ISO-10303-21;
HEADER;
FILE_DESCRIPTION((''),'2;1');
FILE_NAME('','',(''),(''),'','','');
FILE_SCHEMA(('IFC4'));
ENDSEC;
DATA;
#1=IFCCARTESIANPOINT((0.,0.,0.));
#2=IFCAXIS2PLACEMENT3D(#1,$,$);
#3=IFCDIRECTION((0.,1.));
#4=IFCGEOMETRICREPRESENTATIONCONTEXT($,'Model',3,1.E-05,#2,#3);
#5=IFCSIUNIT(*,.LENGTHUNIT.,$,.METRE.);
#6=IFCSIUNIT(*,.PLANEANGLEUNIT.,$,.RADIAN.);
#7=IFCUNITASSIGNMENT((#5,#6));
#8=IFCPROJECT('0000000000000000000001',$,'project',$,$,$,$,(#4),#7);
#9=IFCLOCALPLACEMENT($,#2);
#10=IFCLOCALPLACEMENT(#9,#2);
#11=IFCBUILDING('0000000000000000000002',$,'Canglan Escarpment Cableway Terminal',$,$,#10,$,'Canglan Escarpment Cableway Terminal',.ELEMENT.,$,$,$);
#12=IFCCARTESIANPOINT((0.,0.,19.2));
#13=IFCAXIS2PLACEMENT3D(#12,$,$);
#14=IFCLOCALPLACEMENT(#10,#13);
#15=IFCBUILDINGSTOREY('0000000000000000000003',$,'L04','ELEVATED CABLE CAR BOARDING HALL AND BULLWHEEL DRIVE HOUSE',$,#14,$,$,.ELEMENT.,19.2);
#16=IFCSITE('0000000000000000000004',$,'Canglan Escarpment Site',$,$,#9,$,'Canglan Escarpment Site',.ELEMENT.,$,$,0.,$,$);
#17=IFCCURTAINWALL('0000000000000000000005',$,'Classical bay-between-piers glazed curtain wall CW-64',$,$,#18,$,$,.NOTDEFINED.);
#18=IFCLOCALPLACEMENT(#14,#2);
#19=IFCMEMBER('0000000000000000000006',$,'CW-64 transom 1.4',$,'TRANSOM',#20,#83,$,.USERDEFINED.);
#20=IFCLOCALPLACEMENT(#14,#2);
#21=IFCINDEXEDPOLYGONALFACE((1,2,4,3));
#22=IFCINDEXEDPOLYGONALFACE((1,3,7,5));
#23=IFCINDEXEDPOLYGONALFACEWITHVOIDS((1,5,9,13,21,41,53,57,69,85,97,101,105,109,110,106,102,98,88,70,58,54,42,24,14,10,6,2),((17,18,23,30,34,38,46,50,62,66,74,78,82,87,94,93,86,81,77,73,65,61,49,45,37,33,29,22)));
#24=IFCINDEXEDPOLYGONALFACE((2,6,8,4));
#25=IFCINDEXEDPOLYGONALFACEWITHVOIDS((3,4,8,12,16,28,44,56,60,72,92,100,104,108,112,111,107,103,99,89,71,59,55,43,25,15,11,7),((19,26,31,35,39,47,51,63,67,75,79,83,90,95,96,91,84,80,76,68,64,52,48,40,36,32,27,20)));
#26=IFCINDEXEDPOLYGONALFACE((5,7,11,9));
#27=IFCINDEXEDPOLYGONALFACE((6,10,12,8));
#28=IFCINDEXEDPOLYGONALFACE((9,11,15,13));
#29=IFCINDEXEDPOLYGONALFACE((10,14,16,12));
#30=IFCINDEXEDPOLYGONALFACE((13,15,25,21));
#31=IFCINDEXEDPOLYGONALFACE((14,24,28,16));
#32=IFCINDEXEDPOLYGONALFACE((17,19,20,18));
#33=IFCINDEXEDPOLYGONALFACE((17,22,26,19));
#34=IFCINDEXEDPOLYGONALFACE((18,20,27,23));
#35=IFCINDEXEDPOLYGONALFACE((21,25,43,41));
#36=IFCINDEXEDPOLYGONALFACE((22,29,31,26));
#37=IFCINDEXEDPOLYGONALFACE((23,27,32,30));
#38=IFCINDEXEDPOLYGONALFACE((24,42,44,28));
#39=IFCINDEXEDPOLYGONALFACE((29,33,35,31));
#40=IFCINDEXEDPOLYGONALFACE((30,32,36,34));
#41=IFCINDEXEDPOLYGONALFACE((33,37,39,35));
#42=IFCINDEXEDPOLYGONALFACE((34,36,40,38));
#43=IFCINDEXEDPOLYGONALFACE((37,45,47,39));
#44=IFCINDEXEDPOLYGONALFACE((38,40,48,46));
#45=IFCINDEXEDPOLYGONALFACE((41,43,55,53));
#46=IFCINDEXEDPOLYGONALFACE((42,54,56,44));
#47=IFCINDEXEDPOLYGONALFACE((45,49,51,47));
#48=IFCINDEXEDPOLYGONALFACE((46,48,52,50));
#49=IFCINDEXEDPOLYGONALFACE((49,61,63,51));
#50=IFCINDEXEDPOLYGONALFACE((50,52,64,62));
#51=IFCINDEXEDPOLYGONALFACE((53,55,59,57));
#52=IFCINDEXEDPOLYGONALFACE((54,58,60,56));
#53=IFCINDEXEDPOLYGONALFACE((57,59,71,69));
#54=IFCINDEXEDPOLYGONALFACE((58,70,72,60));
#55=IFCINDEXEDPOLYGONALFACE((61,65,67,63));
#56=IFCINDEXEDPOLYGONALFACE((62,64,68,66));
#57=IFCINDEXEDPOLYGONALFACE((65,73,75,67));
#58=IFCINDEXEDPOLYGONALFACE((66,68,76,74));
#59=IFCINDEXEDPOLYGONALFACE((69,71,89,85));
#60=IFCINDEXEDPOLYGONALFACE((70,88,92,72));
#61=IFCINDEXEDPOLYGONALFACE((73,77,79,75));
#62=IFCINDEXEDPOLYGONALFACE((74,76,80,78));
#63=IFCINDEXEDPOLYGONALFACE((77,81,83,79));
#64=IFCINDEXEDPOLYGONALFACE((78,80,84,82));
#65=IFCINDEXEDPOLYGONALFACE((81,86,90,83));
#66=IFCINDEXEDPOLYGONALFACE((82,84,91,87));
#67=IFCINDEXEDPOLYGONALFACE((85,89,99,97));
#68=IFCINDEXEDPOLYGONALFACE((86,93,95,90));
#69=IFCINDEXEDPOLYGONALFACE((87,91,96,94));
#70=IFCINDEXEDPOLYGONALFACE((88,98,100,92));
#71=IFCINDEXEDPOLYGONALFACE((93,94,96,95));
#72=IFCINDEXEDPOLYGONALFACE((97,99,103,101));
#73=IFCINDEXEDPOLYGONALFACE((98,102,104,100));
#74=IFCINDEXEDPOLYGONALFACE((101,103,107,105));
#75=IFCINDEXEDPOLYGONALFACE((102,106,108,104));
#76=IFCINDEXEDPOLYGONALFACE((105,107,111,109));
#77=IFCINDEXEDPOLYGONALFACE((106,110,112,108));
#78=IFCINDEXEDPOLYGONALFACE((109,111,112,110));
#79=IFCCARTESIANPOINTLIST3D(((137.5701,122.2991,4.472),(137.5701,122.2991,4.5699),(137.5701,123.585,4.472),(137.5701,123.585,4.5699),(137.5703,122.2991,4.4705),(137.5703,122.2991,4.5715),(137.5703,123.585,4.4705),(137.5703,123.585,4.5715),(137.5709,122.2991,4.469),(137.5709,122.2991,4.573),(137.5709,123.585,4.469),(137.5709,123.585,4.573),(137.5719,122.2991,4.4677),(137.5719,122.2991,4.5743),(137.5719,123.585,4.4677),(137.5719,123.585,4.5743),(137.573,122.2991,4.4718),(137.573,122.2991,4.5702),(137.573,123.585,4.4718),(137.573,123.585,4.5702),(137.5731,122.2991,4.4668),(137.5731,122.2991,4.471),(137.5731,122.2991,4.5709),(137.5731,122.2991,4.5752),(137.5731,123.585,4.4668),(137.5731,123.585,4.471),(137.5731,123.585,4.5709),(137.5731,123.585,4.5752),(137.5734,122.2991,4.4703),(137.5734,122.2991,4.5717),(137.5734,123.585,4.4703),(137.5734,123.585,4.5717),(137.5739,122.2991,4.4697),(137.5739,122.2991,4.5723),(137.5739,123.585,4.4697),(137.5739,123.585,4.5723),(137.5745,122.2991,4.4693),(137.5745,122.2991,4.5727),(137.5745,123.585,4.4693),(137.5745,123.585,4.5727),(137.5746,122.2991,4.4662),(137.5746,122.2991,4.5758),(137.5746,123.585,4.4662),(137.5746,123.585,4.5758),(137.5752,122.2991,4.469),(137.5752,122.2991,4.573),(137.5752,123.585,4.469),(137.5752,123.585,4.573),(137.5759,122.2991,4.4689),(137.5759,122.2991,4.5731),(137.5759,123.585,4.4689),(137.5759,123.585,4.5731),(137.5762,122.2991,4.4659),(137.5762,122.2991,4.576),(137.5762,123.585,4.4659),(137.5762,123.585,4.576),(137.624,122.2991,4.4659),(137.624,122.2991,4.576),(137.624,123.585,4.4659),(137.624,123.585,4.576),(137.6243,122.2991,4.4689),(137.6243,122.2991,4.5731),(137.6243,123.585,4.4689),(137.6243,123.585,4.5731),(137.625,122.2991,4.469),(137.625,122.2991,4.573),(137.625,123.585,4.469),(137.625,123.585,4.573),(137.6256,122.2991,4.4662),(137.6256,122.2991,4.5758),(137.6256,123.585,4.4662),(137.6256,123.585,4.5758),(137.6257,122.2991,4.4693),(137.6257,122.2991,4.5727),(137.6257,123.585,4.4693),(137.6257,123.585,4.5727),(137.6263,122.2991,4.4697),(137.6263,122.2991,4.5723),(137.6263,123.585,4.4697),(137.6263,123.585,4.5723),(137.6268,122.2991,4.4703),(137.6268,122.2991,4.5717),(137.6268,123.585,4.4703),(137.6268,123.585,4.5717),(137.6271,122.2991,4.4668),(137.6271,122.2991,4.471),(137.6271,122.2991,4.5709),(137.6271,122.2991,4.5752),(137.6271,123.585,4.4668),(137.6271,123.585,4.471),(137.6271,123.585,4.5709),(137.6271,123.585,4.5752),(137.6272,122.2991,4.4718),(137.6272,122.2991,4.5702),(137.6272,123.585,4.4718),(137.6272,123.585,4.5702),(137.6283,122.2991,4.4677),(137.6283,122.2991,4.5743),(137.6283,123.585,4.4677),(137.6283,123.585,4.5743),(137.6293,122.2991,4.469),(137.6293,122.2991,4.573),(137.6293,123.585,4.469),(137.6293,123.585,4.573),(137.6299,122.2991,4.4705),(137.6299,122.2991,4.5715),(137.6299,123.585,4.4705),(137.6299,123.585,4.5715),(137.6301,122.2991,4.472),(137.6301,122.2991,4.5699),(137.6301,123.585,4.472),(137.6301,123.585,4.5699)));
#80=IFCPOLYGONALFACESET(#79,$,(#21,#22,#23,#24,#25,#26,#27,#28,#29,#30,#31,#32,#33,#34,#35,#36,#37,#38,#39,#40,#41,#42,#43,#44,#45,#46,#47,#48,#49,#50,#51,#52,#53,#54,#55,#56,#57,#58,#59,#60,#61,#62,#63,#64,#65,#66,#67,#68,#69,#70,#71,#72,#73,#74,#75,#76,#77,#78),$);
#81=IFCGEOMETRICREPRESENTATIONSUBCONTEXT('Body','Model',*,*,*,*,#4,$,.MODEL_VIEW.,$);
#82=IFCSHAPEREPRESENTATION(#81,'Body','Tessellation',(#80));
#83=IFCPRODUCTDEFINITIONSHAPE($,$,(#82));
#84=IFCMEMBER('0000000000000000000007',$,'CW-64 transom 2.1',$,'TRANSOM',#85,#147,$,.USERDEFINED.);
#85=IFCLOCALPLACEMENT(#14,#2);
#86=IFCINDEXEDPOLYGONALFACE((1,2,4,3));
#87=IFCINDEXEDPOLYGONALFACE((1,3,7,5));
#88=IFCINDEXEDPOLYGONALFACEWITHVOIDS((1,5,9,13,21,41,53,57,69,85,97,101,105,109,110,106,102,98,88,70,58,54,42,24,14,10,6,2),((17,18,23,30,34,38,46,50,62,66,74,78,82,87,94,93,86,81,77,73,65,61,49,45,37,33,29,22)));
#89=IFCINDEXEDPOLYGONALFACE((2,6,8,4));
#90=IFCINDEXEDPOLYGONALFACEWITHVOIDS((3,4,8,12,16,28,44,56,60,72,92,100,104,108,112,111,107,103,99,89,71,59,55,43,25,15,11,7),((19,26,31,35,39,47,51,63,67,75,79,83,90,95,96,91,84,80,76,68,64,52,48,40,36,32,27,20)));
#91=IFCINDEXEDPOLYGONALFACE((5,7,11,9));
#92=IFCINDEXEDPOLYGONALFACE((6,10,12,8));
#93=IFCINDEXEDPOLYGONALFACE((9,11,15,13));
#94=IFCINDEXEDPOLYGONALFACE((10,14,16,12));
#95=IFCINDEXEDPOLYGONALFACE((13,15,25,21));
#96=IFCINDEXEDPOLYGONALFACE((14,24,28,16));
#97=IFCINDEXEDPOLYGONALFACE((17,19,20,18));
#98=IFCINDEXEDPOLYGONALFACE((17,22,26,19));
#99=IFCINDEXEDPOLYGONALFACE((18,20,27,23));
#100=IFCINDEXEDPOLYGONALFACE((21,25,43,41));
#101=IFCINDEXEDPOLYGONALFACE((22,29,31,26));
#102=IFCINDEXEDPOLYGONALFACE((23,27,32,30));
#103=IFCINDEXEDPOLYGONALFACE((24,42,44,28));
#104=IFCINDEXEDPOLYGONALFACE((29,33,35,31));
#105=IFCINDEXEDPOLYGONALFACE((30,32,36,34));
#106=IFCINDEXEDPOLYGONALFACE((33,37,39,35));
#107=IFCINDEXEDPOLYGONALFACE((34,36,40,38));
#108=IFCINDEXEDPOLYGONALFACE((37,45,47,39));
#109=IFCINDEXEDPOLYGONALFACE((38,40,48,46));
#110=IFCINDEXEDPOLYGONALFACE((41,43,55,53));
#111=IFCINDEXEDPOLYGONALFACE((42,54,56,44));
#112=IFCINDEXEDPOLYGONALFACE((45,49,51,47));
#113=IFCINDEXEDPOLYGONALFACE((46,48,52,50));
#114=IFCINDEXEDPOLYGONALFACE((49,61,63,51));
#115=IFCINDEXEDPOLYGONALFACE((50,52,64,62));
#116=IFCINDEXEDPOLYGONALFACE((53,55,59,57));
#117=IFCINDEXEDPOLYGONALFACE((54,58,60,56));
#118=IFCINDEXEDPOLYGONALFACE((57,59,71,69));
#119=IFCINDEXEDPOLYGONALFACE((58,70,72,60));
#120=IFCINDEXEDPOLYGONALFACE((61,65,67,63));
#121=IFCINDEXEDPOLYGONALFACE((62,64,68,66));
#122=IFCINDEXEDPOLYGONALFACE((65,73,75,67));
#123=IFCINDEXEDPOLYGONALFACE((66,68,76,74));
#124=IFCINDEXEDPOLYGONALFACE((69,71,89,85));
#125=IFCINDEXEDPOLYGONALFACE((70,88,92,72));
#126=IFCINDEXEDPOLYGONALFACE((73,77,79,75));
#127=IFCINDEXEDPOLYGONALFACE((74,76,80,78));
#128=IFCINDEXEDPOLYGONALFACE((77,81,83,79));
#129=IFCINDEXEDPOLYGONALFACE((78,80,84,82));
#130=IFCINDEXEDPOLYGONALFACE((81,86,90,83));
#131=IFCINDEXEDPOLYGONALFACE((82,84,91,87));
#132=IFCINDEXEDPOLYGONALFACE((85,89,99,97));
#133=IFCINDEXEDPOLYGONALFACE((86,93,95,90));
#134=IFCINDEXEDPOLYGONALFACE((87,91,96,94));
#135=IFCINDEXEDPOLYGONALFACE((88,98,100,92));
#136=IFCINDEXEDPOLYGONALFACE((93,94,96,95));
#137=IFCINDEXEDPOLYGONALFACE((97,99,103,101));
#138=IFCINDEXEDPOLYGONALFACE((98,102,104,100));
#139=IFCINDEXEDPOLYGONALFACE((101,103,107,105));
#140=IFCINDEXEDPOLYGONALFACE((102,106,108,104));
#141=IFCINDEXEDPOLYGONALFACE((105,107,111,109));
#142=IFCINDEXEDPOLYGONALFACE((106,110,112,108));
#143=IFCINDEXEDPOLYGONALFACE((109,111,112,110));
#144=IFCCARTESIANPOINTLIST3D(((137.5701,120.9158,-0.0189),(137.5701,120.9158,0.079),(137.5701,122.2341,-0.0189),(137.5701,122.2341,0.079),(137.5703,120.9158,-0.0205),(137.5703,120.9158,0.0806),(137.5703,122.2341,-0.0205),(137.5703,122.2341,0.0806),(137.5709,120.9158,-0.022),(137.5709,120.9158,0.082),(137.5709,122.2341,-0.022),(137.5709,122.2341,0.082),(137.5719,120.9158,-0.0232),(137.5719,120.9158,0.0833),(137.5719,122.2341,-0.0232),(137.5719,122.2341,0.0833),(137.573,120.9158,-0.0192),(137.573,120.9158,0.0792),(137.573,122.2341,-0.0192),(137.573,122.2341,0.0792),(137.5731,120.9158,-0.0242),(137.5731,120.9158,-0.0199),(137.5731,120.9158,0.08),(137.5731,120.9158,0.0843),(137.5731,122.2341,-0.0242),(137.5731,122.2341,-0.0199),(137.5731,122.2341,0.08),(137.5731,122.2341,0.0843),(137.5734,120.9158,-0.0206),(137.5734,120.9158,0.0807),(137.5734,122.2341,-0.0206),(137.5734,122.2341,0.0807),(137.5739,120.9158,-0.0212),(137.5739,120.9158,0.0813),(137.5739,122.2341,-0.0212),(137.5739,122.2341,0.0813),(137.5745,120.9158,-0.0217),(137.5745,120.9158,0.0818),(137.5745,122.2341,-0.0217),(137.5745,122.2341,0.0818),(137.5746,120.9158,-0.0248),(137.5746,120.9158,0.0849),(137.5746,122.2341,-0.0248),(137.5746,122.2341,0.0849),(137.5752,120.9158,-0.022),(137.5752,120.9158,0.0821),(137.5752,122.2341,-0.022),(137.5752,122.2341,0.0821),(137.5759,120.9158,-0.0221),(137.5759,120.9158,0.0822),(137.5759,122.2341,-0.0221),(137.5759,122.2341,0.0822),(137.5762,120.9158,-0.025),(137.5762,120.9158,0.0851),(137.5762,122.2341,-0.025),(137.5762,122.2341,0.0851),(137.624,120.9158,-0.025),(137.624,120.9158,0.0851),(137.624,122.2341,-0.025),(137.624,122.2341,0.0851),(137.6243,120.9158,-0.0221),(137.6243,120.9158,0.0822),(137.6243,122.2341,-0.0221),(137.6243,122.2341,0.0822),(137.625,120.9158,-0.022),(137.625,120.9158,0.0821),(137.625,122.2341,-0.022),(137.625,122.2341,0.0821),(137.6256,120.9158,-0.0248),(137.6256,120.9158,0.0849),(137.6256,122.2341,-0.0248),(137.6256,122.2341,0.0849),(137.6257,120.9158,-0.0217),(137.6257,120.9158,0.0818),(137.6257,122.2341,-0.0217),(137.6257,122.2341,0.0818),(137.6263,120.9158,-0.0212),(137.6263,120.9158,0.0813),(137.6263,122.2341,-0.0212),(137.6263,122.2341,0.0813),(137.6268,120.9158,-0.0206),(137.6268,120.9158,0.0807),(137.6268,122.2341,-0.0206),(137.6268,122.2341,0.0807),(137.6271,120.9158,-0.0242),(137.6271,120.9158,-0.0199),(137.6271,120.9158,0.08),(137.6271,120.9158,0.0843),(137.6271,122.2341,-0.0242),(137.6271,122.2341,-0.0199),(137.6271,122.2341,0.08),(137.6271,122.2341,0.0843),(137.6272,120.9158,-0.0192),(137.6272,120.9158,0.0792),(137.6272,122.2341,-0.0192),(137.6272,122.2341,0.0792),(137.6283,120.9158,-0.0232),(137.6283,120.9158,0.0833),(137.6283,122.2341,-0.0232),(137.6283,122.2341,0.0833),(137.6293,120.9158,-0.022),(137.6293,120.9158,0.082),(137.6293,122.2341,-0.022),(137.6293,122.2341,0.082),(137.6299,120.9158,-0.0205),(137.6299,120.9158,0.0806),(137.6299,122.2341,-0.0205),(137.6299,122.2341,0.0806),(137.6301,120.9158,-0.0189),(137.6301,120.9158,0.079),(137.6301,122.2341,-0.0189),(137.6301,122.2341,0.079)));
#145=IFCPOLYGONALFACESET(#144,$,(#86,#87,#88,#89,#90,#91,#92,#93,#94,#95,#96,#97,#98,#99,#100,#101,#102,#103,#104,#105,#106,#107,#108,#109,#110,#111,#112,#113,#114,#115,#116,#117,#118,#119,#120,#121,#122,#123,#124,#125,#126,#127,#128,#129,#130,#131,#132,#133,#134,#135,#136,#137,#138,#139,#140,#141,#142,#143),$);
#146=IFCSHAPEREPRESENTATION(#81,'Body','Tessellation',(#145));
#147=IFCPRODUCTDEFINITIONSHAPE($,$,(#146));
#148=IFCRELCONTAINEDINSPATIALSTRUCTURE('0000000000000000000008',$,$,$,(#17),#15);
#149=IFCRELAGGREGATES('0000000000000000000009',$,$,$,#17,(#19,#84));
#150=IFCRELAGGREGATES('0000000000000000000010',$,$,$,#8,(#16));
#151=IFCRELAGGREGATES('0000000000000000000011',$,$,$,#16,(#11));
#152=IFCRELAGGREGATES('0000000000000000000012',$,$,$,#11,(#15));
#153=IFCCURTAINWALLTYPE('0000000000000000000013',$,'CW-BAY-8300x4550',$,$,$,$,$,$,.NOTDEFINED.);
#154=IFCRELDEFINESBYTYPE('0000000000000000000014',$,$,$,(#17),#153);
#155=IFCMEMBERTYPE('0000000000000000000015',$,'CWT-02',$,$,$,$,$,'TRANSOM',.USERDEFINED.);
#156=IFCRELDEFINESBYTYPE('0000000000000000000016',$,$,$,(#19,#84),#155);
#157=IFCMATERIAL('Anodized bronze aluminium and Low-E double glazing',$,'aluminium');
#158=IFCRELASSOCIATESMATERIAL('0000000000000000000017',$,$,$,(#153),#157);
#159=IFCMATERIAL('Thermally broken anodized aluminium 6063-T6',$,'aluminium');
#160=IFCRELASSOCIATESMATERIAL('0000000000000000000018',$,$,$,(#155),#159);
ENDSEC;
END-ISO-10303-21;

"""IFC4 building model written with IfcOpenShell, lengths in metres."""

from ifc_helpers import new_model, si_unit, direction, frame, origin, origin_2d, place, context, subcontext, project, spatial, hollow_rectangle, extrude, material, material_profile, profile_set, type_object, element, aggregate, save


model = new_model("IFC4")

# Units and contexts
model_context = context("Model", 3, precision=1e-05, world=origin(), true_north=direction((0.0, 1.0)))
body_context = subcontext(model_context, "Body", "Model", "MODEL_VIEW")
ifc_project = project(units=[si_unit("LENGTHUNIT", "METRE"), si_unit("PLANEANGLEUNIT", "RADIAN")], contexts=[model_context])

# Site, building, storey
site_placement = place(None, origin())
site = spatial("IfcSite", under=ifc_project, at=site_placement, Name="Canglan Escarpment Site", LongName="Canglan Escarpment Site", CompositionType="ELEMENT", RefElevation=0.0)
building_placement = place(site_placement, origin())
building = spatial("IfcBuilding", under=site, at=building_placement, Name="Canglan Escarpment Cableway Terminal", LongName="Canglan Escarpment Cableway Terminal", CompositionType="ELEMENT")
storey_placement = place(building_placement, frame((0.0, 0.0, 19.2)))
storey = spatial("IfcBuildingStorey", under=building, at=storey_placement, Name="L04", Description="ELEVATED CABLE CAR BOARDING HALL AND BULLWHEEL DRIVE HOUSE", CompositionType="ELEMENT", Elevation=19.2)

# Curtain wall
ifc_material_1 = material(Name="Anodized bronze aluminium and Low-E double glazing", Category="aluminium")
ifc_material_2 = material(Name="Thermally broken anodized aluminium 6063-T6", Category="aluminium")
curtain_wall_type_1 = type_object("IfcCurtainWallType", Name="CW-BAY-8300x4550", PredefinedType="NOTDEFINED", material=ifc_material_1)
curtain_wall_1_placement = place(storey_placement, origin())
curtain_wall_1 = element("IfcCurtainWall", 1, at=curtain_wall_1_placement, inside=storey, type_object=curtain_wall_type_1, Name="Classical bay-between-piers glazed curtain wall CW-64", PredefinedType="NOTDEFINED")

# Members
ifc_material_profile_1 = material_profile(ifc_material_2, hollow_rectangle(XDim=0.0601, YDim=0.1101, WallThickness=0.0029, InnerFilletRadius=0.0029, OuterFilletRadius=0.0061, at=origin_2d()), Name="ALU-TRAN 60x110x3")
ifc_profile_set_1 = profile_set([ifc_material_profile_1], Name="Thermally broken anodized aluminium 6063-T6")
member_type_1 = type_object("IfcMemberType", Name="CWT-02", ElementType="TRANSOM", PredefinedType="USERDEFINED", material=ifc_profile_set_1)
member_1_placement = place(storey_placement, frame((137.6001, 123.585, 4.521), z_axis=(0.0, -1.0, 0.0), x_axis=(1.0, 0.0, 0.0)))
member_1 = element("IfcMember", 2, at=member_1_placement, type_object=member_type_1, Name="CW-64 transom 1.4", ObjectType="TRANSOM", PredefinedType="USERDEFINED", context=body_context, shape_type="SweptSolid", body=[
    extrude(hollow_rectangle(XDim=0.0601, YDim=0.1101, WallThickness=0.0029, InnerFilletRadius=0.0029, OuterFilletRadius=0.0061, at=origin_2d()), origin(), (0.0, 0.0, 1.0), 1.2859),
])
member_2_placement = place(storey_placement, frame((137.6001, 122.2341, 0.03), z_axis=(0.0, -1.0, 0.0), x_axis=(1.0, 0.0, 0.0)))
member_2 = element("IfcMember", 3, at=member_2_placement, type_object=member_type_1, Name="CW-64 transom 2.1", ObjectType="TRANSOM", PredefinedType="USERDEFINED", context=body_context, shape_type="SweptSolid", body=[
    extrude(hollow_rectangle(XDim=0.0601, YDim=0.1101, WallThickness=0.0029, InnerFilletRadius=0.0029, OuterFilletRadius=0.0061, at=origin_2d()), origin(), (0.0, 0.0, 1.0), 1.3184),
])

aggregate(curtain_wall_1, [member_1, member_2])

save(model, "model.ifc")
